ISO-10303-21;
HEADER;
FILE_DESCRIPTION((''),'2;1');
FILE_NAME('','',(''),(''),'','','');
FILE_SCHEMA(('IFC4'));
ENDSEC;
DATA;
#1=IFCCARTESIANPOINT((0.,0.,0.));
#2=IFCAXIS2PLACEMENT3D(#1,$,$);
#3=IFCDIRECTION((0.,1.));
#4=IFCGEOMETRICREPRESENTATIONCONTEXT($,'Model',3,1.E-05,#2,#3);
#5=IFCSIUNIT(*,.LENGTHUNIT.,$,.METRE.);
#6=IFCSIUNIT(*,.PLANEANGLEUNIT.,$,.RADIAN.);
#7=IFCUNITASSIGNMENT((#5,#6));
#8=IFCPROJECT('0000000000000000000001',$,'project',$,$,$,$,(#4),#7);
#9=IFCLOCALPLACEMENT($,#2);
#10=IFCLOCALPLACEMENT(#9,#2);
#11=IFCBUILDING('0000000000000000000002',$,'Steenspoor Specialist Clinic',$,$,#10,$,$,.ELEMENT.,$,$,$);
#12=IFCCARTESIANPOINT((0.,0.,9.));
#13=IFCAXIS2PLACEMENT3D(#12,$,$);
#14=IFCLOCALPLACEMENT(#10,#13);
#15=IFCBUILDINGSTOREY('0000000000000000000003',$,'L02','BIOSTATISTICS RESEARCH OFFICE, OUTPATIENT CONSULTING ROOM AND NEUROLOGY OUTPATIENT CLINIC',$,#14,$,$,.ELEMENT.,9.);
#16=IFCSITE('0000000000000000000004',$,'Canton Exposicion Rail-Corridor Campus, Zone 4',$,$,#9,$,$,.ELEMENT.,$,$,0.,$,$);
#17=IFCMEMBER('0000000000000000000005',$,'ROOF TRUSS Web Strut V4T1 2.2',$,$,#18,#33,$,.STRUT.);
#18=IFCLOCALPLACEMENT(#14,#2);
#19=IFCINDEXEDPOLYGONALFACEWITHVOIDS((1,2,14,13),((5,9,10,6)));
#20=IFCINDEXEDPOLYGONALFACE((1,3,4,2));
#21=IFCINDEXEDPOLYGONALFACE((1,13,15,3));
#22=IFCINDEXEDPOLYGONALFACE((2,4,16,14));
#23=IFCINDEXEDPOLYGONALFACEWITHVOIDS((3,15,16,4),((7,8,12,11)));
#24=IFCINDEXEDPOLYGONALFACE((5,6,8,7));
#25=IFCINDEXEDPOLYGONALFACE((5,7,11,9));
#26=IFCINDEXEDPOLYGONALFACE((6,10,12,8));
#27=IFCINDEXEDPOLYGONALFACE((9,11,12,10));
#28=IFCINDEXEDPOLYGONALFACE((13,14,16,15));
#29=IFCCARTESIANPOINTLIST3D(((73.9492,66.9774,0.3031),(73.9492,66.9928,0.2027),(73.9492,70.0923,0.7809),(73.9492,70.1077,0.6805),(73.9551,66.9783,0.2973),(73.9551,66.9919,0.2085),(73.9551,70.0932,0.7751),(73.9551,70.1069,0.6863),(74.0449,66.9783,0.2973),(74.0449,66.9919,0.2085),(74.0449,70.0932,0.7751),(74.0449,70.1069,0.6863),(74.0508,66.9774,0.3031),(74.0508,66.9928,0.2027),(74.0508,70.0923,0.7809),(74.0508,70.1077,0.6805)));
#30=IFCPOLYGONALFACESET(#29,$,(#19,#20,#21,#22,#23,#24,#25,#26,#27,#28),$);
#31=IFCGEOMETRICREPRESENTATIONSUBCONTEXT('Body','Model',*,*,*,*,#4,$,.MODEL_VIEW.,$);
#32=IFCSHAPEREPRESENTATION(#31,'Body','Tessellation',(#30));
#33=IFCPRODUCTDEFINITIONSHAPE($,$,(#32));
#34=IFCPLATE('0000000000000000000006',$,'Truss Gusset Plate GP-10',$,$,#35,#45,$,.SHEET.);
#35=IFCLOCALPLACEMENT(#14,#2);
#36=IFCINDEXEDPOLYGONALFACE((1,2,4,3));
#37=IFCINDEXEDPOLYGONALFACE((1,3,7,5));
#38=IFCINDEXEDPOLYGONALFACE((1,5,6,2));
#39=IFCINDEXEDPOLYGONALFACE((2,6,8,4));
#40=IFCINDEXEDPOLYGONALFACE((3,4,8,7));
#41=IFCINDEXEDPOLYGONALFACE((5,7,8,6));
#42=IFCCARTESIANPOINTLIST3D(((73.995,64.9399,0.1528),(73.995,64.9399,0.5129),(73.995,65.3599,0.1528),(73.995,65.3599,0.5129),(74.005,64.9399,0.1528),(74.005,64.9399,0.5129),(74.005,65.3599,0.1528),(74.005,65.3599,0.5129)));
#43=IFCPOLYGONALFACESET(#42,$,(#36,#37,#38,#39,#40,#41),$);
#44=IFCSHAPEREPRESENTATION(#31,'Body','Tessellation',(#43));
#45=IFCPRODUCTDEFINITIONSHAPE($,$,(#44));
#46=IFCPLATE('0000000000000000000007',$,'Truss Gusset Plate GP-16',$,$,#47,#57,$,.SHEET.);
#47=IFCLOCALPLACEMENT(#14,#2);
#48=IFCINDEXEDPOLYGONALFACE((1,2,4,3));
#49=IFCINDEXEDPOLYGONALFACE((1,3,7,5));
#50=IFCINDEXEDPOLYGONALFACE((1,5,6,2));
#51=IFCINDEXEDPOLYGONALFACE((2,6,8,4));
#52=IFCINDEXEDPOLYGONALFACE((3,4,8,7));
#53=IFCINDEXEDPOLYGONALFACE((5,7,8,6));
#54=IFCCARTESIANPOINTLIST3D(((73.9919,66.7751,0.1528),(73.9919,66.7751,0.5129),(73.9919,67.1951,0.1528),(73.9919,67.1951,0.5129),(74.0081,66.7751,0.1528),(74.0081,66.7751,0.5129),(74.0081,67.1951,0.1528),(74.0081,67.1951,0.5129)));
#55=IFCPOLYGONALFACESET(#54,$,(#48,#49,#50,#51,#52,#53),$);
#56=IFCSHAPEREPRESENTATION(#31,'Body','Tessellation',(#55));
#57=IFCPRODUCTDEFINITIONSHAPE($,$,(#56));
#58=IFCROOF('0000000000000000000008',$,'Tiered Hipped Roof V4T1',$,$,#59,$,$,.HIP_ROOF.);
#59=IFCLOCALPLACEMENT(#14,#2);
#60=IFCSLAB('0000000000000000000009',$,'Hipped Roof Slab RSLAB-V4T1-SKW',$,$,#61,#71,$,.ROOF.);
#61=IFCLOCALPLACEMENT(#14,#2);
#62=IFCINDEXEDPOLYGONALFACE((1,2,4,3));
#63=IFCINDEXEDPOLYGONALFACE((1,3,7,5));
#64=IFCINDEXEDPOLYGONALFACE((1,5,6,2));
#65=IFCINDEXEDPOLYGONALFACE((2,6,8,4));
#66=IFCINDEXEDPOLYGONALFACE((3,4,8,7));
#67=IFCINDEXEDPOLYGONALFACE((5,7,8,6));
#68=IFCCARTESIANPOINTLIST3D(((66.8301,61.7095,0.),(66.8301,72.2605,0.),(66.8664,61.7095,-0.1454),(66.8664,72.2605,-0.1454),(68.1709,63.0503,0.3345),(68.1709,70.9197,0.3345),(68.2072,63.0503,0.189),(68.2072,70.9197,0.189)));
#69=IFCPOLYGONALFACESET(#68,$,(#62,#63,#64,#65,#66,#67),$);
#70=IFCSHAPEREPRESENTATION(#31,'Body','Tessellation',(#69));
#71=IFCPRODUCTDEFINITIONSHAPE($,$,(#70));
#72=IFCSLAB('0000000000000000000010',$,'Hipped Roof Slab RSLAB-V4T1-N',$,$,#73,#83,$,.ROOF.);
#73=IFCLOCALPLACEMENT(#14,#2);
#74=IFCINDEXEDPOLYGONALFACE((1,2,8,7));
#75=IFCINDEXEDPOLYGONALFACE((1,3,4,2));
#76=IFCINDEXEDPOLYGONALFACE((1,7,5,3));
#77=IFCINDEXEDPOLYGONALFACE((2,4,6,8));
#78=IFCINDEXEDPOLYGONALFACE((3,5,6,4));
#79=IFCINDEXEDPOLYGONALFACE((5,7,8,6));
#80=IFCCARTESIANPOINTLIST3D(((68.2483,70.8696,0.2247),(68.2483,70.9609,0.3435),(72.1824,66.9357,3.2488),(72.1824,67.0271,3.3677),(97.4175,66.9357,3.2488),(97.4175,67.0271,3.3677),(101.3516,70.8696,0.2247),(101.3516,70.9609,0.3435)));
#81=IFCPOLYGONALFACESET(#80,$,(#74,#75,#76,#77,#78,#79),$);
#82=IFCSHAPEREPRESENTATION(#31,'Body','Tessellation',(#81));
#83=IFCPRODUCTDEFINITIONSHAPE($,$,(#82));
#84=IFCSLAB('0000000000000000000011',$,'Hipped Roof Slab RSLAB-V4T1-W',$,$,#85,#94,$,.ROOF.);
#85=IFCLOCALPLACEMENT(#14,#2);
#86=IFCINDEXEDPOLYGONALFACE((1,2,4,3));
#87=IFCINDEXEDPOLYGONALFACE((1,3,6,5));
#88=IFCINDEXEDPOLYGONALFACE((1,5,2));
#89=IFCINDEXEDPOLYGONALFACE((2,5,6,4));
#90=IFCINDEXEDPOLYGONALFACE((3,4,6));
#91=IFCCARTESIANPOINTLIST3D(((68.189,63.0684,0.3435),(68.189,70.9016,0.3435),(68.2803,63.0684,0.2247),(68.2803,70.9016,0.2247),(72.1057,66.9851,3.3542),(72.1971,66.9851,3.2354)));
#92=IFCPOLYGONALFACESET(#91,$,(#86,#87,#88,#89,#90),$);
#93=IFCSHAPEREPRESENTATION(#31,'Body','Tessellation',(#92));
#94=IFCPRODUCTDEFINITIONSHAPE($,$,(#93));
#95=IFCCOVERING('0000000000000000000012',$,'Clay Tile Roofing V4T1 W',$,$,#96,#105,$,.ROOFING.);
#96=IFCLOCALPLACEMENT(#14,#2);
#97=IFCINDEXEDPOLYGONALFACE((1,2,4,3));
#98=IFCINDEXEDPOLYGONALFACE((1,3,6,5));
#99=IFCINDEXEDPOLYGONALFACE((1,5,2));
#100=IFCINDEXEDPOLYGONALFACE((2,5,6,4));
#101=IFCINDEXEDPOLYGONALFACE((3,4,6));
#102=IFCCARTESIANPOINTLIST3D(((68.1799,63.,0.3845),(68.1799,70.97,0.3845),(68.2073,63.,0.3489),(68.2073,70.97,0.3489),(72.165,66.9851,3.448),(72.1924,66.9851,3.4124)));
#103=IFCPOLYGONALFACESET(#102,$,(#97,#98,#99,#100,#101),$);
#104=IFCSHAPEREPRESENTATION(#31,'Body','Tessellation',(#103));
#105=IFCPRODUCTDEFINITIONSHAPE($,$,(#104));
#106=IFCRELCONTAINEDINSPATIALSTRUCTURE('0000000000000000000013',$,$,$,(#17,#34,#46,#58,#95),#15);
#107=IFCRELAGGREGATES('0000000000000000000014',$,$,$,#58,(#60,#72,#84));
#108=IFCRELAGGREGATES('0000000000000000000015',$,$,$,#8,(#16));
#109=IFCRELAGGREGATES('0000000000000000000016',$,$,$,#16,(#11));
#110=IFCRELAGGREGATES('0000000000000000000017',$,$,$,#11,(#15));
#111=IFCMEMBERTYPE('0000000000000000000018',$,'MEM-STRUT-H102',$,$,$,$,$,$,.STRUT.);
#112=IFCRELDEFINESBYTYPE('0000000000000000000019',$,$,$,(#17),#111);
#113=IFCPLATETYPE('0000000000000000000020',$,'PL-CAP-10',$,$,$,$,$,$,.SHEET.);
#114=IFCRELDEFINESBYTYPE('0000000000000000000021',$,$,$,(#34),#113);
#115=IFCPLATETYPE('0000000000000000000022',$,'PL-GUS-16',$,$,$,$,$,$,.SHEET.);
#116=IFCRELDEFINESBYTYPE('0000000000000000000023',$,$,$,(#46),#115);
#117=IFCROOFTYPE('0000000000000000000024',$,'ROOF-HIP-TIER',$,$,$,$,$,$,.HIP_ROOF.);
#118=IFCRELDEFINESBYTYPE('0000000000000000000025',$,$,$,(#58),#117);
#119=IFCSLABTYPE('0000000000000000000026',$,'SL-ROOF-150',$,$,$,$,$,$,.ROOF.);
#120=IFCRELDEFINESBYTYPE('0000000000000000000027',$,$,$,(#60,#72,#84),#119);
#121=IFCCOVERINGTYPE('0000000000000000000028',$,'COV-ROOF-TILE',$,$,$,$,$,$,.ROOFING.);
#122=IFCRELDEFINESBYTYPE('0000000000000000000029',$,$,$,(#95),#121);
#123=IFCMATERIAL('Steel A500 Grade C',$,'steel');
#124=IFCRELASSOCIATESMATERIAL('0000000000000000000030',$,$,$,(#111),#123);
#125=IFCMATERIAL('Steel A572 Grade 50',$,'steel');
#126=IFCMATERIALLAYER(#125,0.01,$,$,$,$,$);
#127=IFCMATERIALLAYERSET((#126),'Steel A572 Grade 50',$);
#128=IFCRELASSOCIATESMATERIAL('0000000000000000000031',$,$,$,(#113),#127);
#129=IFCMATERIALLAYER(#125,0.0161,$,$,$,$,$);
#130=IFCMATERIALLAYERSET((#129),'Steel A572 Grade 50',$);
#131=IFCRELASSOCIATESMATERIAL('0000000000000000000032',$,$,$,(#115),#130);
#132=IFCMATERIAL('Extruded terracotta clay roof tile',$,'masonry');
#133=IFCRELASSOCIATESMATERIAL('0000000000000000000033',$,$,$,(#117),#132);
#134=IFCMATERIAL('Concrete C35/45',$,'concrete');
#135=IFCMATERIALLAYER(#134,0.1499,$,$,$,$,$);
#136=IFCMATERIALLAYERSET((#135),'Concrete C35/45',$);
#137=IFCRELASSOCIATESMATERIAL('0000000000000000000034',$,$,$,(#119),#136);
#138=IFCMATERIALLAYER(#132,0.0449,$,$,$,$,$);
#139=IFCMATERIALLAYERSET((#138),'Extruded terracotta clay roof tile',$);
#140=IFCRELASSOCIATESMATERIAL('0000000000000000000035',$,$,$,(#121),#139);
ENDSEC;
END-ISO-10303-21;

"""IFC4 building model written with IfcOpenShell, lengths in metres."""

from ifc_helpers import new_model, si_unit, direction, frame, origin, origin_2d, place, context, subcontext, project, spatial, polyline, rectangle, hollow_rectangle, outline, extrude, material, layer, layer_set, material_profile, profile_set, type_object, element, aggregate, save


model = new_model("IFC4")

# Units and contexts
model_context = context("Model", 3, precision=1e-05, world=origin(), true_north=direction((0.0, 1.0)))
body_context = subcontext(model_context, "Body", "Model", "MODEL_VIEW")
ifc_project = project(units=[si_unit("LENGTHUNIT", "METRE"), si_unit("PLANEANGLEUNIT", "RADIAN")], contexts=[model_context])

# Site, building, storey
site_placement = place(None, origin())
site = spatial("IfcSite", under=ifc_project, at=site_placement, Name="Canton Exposicion Rail-Corridor Campus, Zone 4", CompositionType="ELEMENT", RefElevation=0.0)
building_placement = place(site_placement, origin())
building = spatial("IfcBuilding", under=site, at=building_placement, Name="Steenspoor Specialist Clinic", CompositionType="ELEMENT")
storey_placement = place(building_placement, frame((0.0, 0.0, 9.0)))
storey = spatial("IfcBuildingStorey", under=building, at=storey_placement, Name="L02", Description="BIOSTATISTICS RESEARCH OFFICE, OUTPATIENT CONSULTING ROOM AND NEUROLOGY OUTPATIENT CLINIC", CompositionType="ELEMENT", Elevation=9.0)

# Member
ifc_material_1 = material(Name="Steel A500 Grade C", Category="steel")
ifc_material_profile_1 = material_profile(ifc_material_1, hollow_rectangle(XDim=0.1016, YDim=0.1016, WallThickness=0.0059, at=origin_2d()), Name="HSS102X102X6.4")
ifc_profile_set_1 = profile_set([ifc_material_profile_1], Name="Steel A500 Grade C")
member_type_1 = type_object("IfcMemberType", Name="MEM-STRUT-H102", PredefinedType="STRUT", material=ifc_profile_set_1)
member_1_placement = place(storey_placement, frame((74.0, 66.9851, 0.2529), z_axis=(0.0, 0.988441, 0.151609), x_axis=(-1.0, 0.0, 0.0)))
element("IfcMember", 1, at=member_1_placement, inside=storey, type_object=member_type_1, Name="ROOF TRUSS Web Strut V4T1 2.2", PredefinedType="STRUT", context=body_context, shape_type="SweptSolid", body=[
    extrude(hollow_rectangle(XDim=0.1016, YDim=0.1016, WallThickness=0.0059, at=origin_2d()), origin(), (0.0, 0.0, 1.0), 3.1514),
])

# Plates
ifc_material_2 = material(Name="Steel A572 Grade 50", Category="steel")
ifc_layer_1 = layer(ifc_material_2, 0.01)
ifc_layer_set_1 = layer_set([ifc_layer_1], Name="Steel A572 Grade 50")
plate_type_1 = type_object("IfcPlateType", Name="PL-CAP-10", PredefinedType="SHEET", material=ifc_layer_set_1)
plate_1_placement = place(storey_placement, frame((74.0, 65.1499, 0.1528), z_axis=(0.0, 0.0, 1.0), x_axis=(1.0, 0.0, 0.0)))
element("IfcPlate", 2, at=plate_1_placement, inside=storey, type_object=plate_type_1, Name="Truss Gusset Plate GP-10", PredefinedType="SHEET", context=body_context, shape_type="SweptSolid", body=[
    extrude(rectangle(XDim=0.01, YDim=0.4199, at=origin_2d()), origin(), (0.0, 0.0, 1.0), 0.3601),
])
ifc_layer_2 = layer(ifc_material_2, 0.0161)
ifc_layer_set_2 = layer_set([ifc_layer_2], Name="Steel A572 Grade 50")
plate_type_2 = type_object("IfcPlateType", Name="PL-GUS-16", PredefinedType="SHEET", material=ifc_layer_set_2)
plate_2_placement = place(storey_placement, frame((74.0, 66.9851, 0.1528), z_axis=(0.0, 0.0, 1.0), x_axis=(1.0, 0.0, 0.0)))
element("IfcPlate", 3, at=plate_2_placement, inside=storey, type_object=plate_type_2, Name="Truss Gusset Plate GP-16", PredefinedType="SHEET", context=body_context, shape_type="SweptSolid", body=[
    extrude(rectangle(XDim=0.0161, YDim=0.4199, at=origin_2d()), origin(), (0.0, 0.0, 1.0), 0.3601),
])

# Roof, slabs
ifc_material_3 = material(Name="Extruded terracotta clay roof tile", Category="masonry")
roof_type = type_object("IfcRoofType", Name="ROOF-HIP-TIER", PredefinedType="HIP_ROOF", material=ifc_material_3)
roof_placement = place(storey_placement, origin())
roof = element("IfcRoof", 4, at=roof_placement, inside=storey, type_object=roof_type, Name="Tiered Hipped Roof V4T1", PredefinedType="HIP_ROOF")
ifc_material_4 = material(Name="Concrete C35/45", Category="concrete")
ifc_layer_3 = layer(ifc_material_4, 0.1499)
ifc_layer_set_3 = layer_set([ifc_layer_3], Name="Concrete C35/45")
slab_type = type_object("IfcSlabType", Name="SL-ROOF-150", PredefinedType="ROOF", material=ifc_layer_set_3)
slab_1_placement = place(storey_placement, frame((68.1709, 70.9197, 0.3345), z_axis=(-0.242037, 0.0, 0.970267), x_axis=(-0.696357, 0.696357, -0.173709)))
slab_1 = element("IfcSlab", 5, at=slab_1_placement, type_object=slab_type, Name="Hipped Roof Slab RSLAB-V4T1-SKW", PredefinedType="ROOF", context=body_context, shape_type="SweptSolid", body=[
    extrude(outline(polyline([(0.0, 0.0), (1.9255, 0.0), (-5.4218, 7.5724), (-5.4799, 5.6478), (0.0, 0.0)])), origin(), (0.0, 0.0, -1.0), 0.1499),
])
slab_2_placement = place(storey_placement, frame((68.2483, 70.9609, 0.3435), z_axis=(0.0, 0.609475, 0.792805), x_axis=(0.621275, -0.621236, 0.47758)))
slab_2 = element("IfcSlab", 6, at=slab_2_placement, type_object=slab_type, Name="Hipped Roof Slab RSLAB-V4T1-N", PredefinedType="ROOF", context=body_context, shape_type="SweptSolid", body=[
    extrude(outline(polyline([(0.0, 0.0), (6.3323, 0.0), (22.0102, 19.774), (20.5662, 25.9395), (0.0, 0.0)])), origin(), (0.0, 0.0, -1.0), 0.1499),
])
slab_3_placement = place(storey_placement, frame((72.1057, 66.9851, 3.3542), z_axis=(-0.609438, 0.0, 0.792833), x_axis=(-0.62128, 0.621241, -0.477568)))
slab_3 = element("IfcSlab", 7, at=slab_3_placement, type_object=slab_type, Name="Hipped Roof Slab RSLAB-V4T1-W", PredefinedType="ROOF", context=body_context, shape_type="SweptSolid", body=[
    extrude(outline(polyline([(0.0, 0.0), (6.3043, 0.0), (1.438, 6.1383), (0.0, 0.0)])), origin(), (0.0, 0.0, -1.0), 0.1499),
])
aggregate(roof, [slab_1, slab_2, slab_3])

# Covering
ifc_layer_4 = layer(ifc_material_3, 0.0449)
ifc_layer_set_4 = layer_set([ifc_layer_4], Name="Extruded terracotta clay roof tile")
covering_type = type_object("IfcCoveringType", Name="COV-ROOF-TILE", PredefinedType="ROOFING", material=ifc_layer_set_4)
covering_placement = place(storey_placement, frame((68.1799, 70.97, 0.3845), z_axis=(-0.609462, 0.0, 0.792815), x_axis=(0.0, -1.0, 0.0)))
element("IfcCovering", 8, at=covering_placement, inside=storey, type_object=covering_type, Name="Clay Tile Roofing V4T1 W", PredefinedType="ROOFING", context=body_context, shape_type="SweptSolid", body=[
    extrude(outline(polyline([(0.0, 0.0), (7.97, 0.0), (3.9849, 5.0265), (0.0, 0.0)])), origin(), (0.0, 0.0, -1.0), 0.0449),
])

save(model, "model.ifc")
